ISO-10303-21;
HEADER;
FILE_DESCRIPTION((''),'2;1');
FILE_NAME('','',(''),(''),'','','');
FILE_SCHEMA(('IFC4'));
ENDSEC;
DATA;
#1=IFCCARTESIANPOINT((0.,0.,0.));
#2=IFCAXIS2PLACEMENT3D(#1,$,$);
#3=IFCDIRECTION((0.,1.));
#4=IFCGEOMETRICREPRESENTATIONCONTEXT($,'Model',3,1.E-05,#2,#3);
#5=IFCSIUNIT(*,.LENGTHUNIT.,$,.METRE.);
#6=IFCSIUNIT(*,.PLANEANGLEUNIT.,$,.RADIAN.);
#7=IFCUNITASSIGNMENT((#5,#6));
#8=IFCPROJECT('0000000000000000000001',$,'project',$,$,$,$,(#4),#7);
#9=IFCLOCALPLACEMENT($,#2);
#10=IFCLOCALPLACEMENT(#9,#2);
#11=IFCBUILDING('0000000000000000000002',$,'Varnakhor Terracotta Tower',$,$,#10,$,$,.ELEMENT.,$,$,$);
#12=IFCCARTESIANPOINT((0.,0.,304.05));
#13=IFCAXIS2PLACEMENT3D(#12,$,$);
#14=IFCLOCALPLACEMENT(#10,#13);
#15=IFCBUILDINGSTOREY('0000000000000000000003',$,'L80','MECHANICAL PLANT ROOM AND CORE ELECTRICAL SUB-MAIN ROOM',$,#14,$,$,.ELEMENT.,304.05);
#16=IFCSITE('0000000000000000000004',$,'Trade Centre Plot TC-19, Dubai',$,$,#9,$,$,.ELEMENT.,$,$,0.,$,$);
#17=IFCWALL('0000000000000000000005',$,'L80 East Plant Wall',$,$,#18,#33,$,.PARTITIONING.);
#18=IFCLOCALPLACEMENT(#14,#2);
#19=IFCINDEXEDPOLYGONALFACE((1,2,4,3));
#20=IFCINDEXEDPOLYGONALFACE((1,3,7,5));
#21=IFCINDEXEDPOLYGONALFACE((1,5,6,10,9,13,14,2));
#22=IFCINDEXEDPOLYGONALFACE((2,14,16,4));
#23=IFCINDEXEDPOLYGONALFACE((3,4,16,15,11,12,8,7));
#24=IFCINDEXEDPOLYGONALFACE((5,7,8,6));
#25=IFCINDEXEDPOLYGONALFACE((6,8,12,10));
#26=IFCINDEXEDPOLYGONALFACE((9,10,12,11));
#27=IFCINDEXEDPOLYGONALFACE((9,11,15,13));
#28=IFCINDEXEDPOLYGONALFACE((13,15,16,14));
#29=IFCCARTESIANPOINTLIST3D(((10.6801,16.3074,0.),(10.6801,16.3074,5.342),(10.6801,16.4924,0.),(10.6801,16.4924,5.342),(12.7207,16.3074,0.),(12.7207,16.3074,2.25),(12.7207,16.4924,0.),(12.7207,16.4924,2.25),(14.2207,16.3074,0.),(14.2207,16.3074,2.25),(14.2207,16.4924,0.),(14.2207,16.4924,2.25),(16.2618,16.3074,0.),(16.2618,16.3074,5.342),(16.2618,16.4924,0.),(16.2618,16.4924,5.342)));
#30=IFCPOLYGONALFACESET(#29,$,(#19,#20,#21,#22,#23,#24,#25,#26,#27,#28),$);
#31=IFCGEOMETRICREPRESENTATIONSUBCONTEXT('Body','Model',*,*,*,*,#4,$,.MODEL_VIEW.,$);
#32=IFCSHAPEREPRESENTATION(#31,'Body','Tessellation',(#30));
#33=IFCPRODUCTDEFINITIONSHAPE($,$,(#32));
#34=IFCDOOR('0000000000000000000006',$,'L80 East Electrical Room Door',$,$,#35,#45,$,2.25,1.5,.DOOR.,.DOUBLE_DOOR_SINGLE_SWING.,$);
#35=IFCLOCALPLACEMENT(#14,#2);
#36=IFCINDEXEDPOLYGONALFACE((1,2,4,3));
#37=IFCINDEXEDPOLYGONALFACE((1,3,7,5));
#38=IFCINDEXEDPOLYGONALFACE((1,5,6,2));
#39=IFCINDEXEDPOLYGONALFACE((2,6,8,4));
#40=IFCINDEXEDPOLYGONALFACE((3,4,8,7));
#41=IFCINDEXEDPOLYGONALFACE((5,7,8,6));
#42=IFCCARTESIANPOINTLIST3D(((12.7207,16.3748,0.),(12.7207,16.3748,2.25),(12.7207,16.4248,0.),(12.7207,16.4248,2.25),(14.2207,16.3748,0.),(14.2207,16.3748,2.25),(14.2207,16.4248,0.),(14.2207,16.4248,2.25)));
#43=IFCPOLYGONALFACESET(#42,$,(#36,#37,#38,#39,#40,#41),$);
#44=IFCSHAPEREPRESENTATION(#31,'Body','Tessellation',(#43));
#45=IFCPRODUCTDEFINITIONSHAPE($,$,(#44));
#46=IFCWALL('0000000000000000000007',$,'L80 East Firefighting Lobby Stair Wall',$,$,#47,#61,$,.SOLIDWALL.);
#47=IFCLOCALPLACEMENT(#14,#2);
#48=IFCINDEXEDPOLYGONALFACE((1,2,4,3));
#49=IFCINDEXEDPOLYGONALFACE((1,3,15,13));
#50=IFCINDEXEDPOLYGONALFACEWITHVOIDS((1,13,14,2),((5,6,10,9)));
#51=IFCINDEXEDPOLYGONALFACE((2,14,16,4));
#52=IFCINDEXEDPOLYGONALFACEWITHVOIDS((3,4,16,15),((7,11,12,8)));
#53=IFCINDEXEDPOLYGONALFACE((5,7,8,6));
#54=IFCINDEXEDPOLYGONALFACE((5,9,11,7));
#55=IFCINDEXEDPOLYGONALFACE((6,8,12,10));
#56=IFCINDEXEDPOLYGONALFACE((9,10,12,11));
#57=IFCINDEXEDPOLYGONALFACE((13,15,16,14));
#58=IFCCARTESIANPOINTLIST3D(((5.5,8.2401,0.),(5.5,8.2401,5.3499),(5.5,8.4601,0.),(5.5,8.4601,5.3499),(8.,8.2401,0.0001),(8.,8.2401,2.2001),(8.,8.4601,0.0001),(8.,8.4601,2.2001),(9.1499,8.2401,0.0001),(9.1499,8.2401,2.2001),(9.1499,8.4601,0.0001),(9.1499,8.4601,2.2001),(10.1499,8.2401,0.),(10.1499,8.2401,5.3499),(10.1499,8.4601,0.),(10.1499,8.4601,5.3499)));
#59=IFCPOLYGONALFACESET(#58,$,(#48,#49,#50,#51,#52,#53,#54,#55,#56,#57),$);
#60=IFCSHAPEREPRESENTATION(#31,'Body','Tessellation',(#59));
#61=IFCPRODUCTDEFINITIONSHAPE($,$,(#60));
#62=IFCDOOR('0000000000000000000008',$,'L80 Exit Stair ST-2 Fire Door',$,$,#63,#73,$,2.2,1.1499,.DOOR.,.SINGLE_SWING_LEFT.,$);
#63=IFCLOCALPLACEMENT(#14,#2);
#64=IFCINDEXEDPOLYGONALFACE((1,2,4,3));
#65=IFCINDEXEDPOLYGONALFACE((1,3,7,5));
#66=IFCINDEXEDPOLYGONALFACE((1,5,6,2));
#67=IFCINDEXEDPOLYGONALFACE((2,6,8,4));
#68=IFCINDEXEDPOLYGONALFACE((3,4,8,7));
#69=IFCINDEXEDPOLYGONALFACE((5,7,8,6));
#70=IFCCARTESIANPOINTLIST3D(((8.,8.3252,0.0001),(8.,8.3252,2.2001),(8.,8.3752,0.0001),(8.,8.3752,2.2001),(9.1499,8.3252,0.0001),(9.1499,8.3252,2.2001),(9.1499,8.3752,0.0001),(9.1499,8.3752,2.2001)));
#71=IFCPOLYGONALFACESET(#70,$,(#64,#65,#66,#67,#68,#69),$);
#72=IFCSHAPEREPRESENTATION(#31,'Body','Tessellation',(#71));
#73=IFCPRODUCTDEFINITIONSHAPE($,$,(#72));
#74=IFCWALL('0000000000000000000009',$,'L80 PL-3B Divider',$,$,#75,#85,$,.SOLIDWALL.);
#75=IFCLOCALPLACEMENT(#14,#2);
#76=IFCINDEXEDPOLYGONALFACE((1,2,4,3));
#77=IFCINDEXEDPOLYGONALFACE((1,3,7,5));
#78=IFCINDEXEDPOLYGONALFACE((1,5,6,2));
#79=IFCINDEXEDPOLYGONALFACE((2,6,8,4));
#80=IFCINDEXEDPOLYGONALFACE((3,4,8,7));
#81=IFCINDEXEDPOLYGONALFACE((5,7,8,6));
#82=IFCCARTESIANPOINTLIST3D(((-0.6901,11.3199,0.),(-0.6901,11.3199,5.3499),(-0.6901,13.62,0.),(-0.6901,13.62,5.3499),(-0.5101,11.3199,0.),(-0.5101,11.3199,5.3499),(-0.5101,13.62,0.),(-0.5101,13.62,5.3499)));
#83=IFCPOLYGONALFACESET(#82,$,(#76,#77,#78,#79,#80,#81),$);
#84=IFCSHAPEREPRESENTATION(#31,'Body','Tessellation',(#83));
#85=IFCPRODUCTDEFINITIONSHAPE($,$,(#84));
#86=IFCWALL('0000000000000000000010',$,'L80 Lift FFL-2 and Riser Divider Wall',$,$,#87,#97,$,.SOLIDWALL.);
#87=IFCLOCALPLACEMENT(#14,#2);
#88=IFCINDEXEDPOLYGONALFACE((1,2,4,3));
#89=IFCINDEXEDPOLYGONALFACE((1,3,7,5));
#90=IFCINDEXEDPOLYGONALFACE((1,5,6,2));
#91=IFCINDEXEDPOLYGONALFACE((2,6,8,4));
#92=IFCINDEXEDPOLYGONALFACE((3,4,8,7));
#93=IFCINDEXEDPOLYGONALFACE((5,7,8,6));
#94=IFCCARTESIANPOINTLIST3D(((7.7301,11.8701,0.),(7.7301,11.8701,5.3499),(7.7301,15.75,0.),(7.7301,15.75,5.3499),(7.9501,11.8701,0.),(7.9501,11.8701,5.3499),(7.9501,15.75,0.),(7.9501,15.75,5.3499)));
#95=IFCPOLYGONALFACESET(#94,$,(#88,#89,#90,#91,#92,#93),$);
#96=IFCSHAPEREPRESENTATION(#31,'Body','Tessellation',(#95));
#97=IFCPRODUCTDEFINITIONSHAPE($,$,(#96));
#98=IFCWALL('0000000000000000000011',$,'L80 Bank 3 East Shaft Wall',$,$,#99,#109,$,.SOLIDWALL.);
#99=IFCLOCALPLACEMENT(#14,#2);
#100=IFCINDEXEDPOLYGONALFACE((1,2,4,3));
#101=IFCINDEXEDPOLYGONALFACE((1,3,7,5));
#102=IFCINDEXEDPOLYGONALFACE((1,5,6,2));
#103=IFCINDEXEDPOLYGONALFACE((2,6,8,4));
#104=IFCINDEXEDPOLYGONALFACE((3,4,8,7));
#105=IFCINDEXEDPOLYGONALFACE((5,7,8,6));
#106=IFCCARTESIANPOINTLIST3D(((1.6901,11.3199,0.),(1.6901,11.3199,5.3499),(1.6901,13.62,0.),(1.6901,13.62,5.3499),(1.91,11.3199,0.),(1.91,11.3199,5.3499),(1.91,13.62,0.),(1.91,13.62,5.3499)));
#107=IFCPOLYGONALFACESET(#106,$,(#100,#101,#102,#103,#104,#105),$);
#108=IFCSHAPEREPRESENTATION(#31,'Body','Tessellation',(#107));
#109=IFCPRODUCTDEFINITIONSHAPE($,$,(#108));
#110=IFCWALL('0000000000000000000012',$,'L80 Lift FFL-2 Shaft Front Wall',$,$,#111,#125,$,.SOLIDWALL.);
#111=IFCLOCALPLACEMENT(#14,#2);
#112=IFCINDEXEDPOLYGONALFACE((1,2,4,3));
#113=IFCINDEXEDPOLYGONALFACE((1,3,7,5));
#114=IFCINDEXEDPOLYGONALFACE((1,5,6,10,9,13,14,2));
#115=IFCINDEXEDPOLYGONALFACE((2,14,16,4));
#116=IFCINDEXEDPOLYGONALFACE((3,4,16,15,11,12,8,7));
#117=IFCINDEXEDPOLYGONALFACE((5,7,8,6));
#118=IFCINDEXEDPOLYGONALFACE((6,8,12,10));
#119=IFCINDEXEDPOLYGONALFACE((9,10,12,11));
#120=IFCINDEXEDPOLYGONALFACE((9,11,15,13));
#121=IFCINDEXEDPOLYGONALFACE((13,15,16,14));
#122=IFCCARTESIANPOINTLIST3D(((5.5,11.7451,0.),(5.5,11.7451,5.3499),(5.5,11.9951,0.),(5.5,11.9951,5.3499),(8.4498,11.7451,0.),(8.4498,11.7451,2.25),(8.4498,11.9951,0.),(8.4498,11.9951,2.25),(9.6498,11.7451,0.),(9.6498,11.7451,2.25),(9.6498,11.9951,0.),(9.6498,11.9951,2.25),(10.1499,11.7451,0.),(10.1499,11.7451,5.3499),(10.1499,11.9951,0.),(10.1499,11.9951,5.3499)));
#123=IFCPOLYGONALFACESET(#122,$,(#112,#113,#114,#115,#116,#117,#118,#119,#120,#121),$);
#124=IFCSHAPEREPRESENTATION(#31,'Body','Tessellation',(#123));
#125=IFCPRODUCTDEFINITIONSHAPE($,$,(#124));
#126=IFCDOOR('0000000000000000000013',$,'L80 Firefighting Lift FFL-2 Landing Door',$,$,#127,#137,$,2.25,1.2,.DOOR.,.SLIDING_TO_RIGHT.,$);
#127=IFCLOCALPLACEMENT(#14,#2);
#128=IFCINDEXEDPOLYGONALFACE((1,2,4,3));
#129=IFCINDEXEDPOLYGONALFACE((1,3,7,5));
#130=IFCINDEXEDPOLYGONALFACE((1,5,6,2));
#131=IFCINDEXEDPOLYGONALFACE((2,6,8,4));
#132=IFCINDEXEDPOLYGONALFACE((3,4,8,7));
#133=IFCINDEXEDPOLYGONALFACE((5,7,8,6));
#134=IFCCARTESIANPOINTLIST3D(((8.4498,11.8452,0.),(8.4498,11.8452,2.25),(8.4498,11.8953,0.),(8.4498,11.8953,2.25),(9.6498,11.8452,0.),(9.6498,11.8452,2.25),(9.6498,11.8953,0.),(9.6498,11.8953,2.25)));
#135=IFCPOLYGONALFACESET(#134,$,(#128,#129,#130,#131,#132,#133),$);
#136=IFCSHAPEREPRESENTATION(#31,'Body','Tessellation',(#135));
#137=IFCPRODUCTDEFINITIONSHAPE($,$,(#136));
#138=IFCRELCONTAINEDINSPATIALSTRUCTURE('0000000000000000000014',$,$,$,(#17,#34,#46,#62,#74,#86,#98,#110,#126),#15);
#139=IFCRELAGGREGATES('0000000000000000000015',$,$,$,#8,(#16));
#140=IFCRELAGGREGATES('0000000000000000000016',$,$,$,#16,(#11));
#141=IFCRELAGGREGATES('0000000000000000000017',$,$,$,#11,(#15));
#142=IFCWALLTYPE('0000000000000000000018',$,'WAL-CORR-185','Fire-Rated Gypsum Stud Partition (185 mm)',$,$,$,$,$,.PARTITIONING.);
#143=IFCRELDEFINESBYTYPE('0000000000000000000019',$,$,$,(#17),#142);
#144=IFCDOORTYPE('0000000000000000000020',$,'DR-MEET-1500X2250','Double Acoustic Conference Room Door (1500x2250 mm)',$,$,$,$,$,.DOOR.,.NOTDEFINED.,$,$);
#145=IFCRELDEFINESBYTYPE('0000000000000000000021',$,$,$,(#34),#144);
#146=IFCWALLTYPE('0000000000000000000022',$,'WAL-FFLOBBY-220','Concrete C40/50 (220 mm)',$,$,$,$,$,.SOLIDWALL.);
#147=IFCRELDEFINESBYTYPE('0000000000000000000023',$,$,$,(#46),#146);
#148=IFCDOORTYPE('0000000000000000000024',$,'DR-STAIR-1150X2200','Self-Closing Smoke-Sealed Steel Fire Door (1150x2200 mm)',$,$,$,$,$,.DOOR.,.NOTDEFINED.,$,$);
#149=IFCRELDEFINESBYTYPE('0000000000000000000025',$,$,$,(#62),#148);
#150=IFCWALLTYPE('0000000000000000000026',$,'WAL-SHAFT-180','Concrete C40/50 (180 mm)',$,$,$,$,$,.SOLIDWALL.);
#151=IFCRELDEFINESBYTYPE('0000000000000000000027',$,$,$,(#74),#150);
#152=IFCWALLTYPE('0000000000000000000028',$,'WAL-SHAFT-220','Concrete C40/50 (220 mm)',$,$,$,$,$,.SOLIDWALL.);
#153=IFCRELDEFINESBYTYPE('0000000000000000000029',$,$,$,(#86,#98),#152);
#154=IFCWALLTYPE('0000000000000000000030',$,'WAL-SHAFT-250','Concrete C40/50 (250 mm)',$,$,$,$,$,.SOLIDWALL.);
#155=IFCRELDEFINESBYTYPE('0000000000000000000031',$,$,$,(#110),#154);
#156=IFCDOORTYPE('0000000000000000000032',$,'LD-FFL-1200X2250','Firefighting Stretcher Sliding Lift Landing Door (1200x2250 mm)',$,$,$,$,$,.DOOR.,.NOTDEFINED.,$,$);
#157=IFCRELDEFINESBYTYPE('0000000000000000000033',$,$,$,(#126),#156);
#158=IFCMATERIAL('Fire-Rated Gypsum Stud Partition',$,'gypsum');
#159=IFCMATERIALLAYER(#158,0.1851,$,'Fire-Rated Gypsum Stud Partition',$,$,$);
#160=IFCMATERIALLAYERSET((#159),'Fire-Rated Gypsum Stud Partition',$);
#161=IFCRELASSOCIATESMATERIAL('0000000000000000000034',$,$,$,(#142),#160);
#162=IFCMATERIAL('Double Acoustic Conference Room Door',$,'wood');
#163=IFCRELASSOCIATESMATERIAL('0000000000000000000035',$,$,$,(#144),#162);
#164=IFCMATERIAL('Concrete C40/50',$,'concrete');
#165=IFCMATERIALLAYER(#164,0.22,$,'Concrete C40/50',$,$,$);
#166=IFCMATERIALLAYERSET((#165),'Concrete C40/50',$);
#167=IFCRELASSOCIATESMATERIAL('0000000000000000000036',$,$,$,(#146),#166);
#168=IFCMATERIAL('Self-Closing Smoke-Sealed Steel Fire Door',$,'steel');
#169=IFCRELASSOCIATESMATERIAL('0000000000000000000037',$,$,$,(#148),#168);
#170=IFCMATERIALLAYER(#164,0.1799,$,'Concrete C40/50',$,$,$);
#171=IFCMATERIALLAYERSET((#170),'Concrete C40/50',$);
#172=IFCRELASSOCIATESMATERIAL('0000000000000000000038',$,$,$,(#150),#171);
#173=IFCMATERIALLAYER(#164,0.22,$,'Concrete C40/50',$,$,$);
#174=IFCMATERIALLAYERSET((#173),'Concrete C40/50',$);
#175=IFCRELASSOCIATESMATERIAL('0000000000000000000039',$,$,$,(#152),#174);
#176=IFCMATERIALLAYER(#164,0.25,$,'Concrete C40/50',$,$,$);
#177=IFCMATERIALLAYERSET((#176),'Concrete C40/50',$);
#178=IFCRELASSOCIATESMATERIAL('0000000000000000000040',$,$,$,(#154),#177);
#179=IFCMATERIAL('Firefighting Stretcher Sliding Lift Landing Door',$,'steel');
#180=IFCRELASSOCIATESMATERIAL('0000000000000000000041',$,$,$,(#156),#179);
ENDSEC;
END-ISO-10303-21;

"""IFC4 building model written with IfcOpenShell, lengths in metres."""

from ifc_helpers import new_model, si_unit, direction, frame, frame_2d, origin, place, context, subcontext, project, spatial, rectangle, extrude, source, transform, mapped, material, layer, layer_set, type_object, type_shapes, element, fill, save


model = new_model("IFC4")

# Units and contexts
model_context = context("Model", 3, precision=1e-05, world=origin(), true_north=direction((0.0, 1.0)))
body_context = subcontext(model_context, "Body", "Model", "MODEL_VIEW")
ifc_project = project(units=[si_unit("LENGTHUNIT", "METRE"), si_unit("PLANEANGLEUNIT", "RADIAN")], contexts=[model_context])

# Site, building, storey
site_placement = place(None, origin())
site = spatial("IfcSite", under=ifc_project, at=site_placement, Name="Trade Centre Plot TC-19, Dubai", CompositionType="ELEMENT", RefElevation=0.0)
building_placement = place(site_placement, origin())
building = spatial("IfcBuilding", under=site, at=building_placement, Name="Varnakhor Terracotta Tower", CompositionType="ELEMENT")
storey_placement = place(building_placement, frame((0.0, 0.0, 304.05)))
storey = spatial("IfcBuildingStorey", under=building, at=storey_placement, Name="L80", Description="MECHANICAL PLANT ROOM AND CORE ELECTRICAL SUB-MAIN ROOM", CompositionType="ELEMENT", Elevation=304.05)

# Walls, openings, doors
ifc_material_1 = material(Name="Fire-Rated Gypsum Stud Partition", Category="gypsum")
ifc_layer_1 = layer(ifc_material_1, 0.1851, Name="Fire-Rated Gypsum Stud Partition")
ifc_layer_set_1 = layer_set([ifc_layer_1], Name="Fire-Rated Gypsum Stud Partition")
wall_type_1 = type_object("IfcWallType", Name="WAL-CORR-185", Description="Fire-Rated Gypsum Stud Partition (185 mm)", PredefinedType="PARTITIONING", material=ifc_layer_set_1)
wall_1_placement = place(storey_placement, frame((10.6799, 16.3999, 0.0), z_axis=(0.0, 0.0, 1.0), x_axis=(1.0, 0.0, 0.0)))
wall_1 = element("IfcWall", 1, at=wall_1_placement, inside=storey, type_object=wall_type_1, Name="L80 East Plant Wall", PredefinedType="PARTITIONING", context=body_context, shape_type="SweptSolid", body=[
    extrude(rectangle(XDim=5.5818, YDim=0.1851, at=frame_2d((2.791, 0.0))), origin(), (0.0, 0.0, 1.0), 5.342),
])
opening_1_placement = place(wall_1_placement, frame((2.0408, 0.0, 0.0)))
opening_1 = element("IfcOpeningElement", 2, at=opening_1_placement, cuts=wall_1, PredefinedType="OPENING", context=body_context, shape_type="SweptSolid", body=[
    extrude(rectangle(XDim=1.5, YDim=2.25, at=frame_2d((0.75, 1.125))), frame((0.0, 0.1025, 0.0), z_axis=(0.0, -1.0, 0.0), x_axis=(1.0, 0.0, 0.0)), (0.0, 0.0, 1.0), 0.2051),
])
ifc_material_2 = material(Name="Double Acoustic Conference Room Door", Category="wood")
door_type_1 = type_object("IfcDoorType", Name="DR-MEET-1500X2250", Description="Double Acoustic Conference Room Door (1500x2250 mm)", OperationType="NOTDEFINED", PredefinedType="DOOR", material=ifc_material_2)
shared_shape_1 = source(origin(), body_context, "Body", "SweptSolid", [
    extrude(rectangle(XDim=1.5, YDim=2.25, at=frame_2d((0.75, 1.125))), frame((0.0, 0.0249, 0.0), z_axis=(0.0, -1.0, 0.0), x_axis=(1.0, 0.0, 0.0)), (0.0, 0.0, 1.0), 0.05),
])
type_shapes(door_type_1, [shared_shape_1])
door_1_placement = place(opening_1_placement, origin())
door_1 = element("IfcDoor", 3, at=door_1_placement, inside=storey, type_object=door_type_1, Name="L80 East Electrical Room Door", OperationType="DOUBLE_DOOR_SINGLE_SWING", OverallHeight=2.25, OverallWidth=1.5, PredefinedType="DOOR", context=body_context, shape_type="MappedRepresentation", body=[
    mapped(shared_shape_1, transform((0.0, 0.0, 0.0), scale=1.0)),
])
fill(opening_1, door_1)
ifc_material_3 = material(Name="Concrete C40/50", Category="concrete")
ifc_layer_2 = layer(ifc_material_3, 0.22, Name="Concrete C40/50")
ifc_layer_set_2 = layer_set([ifc_layer_2], Name="Concrete C40/50")
wall_type_2 = type_object("IfcWallType", Name="WAL-FFLOBBY-220", Description="Concrete C40/50 (220 mm)", PredefinedType="SOLIDWALL", material=ifc_layer_set_2)
wall_2_placement = place(storey_placement, frame((10.1499, 8.3501, 0.0), z_axis=(0.0, 0.0, 1.0), x_axis=(-1.0, 0.0, 0.0)))
wall_2 = element("IfcWall", 4, at=wall_2_placement, inside=storey, type_object=wall_type_2, Name="L80 East Firefighting Lobby Stair Wall", PredefinedType="SOLIDWALL", context=body_context, shape_type="SweptSolid", body=[
    extrude(rectangle(XDim=4.6499, YDim=0.22, at=frame_2d((2.325, 0.0))), origin(), (0.0, 0.0, 1.0), 5.3499),
])
opening_2_placement = place(wall_2_placement, frame((1.0, 0.0, 0.0)))
opening_2 = element("IfcOpeningElement", 5, at=opening_2_placement, cuts=wall_2, PredefinedType="OPENING", context=body_context, shape_type="SweptSolid", body=[
    extrude(rectangle(XDim=1.1499, YDim=2.2, at=frame_2d((0.575, 1.1001))), frame((0.0, 0.1201, 0.0), z_axis=(0.0, -1.0, 0.0), x_axis=(1.0, 0.0, 0.0)), (0.0, 0.0, 1.0), 0.24),
])
ifc_material_4 = material(Name="Self-Closing Smoke-Sealed Steel Fire Door", Category="steel")
door_type_2 = type_object("IfcDoorType", Name="DR-STAIR-1150X2200", Description="Self-Closing Smoke-Sealed Steel Fire Door (1150x2200 mm)", OperationType="NOTDEFINED", PredefinedType="DOOR", material=ifc_material_4)
shared_shape_2 = source(origin(), body_context, "Body", "SweptSolid", [
    extrude(rectangle(XDim=1.1499, YDim=2.2, at=frame_2d((0.575, 1.1001))), frame((0.0, 0.0249, 0.0), z_axis=(0.0, -1.0, 0.0), x_axis=(1.0, 0.0, 0.0)), (0.0, 0.0, 1.0), 0.05),
])
type_shapes(door_type_2, [shared_shape_2])
door_2_placement = place(opening_2_placement, origin())
door_2 = element("IfcDoor", 6, at=door_2_placement, inside=storey, type_object=door_type_2, Name="L80 Exit Stair ST-2 Fire Door", OperationType="SINGLE_SWING_LEFT", OverallHeight=2.2, OverallWidth=1.1499, PredefinedType="DOOR", context=body_context, shape_type="MappedRepresentation", body=[
    mapped(shared_shape_2, transform((0.0, 0.0, 0.0), scale=1.0)),
])
fill(opening_2, door_2)

# Walls
ifc_layer_3 = layer(ifc_material_3, 0.1799, Name="Concrete C40/50")
ifc_layer_set_3 = layer_set([ifc_layer_3], Name="Concrete C40/50")
wall_type_3 = type_object("IfcWallType", Name="WAL-SHAFT-180", Description="Concrete C40/50 (180 mm)", PredefinedType="SOLIDWALL", material=ifc_layer_set_3)
wall_3_placement = place(storey_placement, frame((-0.6001, 11.3201, 0.0), z_axis=(0.0, 0.0, 1.0), x_axis=(0.0, 1.0, 0.0)))
element("IfcWall", 7, at=wall_3_placement, inside=storey, type_object=wall_type_3, Name="L80 PL-3B Divider", PredefinedType="SOLIDWALL", context=body_context, shape_type="SweptSolid", body=[
    extrude(rectangle(XDim=2.3, YDim=0.1799, at=frame_2d((1.1499, 0.0))), origin(), (0.0, 0.0, 1.0), 5.3499),
])
ifc_layer_4 = layer(ifc_material_3, 0.22, Name="Concrete C40/50")
ifc_layer_set_4 = layer_set([ifc_layer_4], Name="Concrete C40/50")
wall_type_4 = type_object("IfcWallType", Name="WAL-SHAFT-220", Description="Concrete C40/50 (220 mm)", PredefinedType="SOLIDWALL", material=ifc_layer_set_4)
wall_4_placement = place(storey_placement, frame((7.8401, 11.8701, 0.0), z_axis=(0.0, 0.0, 1.0), x_axis=(0.0, 1.0, 0.0)))
element("IfcWall", 8, at=wall_4_placement, inside=storey, type_object=wall_type_4, Name="L80 Lift FFL-2 and Riser Divider Wall", PredefinedType="SOLIDWALL", context=body_context, shape_type="SweptSolid", body=[
    extrude(rectangle(XDim=3.8799, YDim=0.22, at=frame_2d((1.9399, 0.0))), origin(), (0.0, 0.0, 1.0), 5.3499),
])
wall_5_placement = place(storey_placement, frame((1.8, 11.3201, 0.0), z_axis=(0.0, 0.0, 1.0), x_axis=(0.0, 1.0, 0.0)))
element("IfcWall", 9, at=wall_5_placement, inside=storey, type_object=wall_type_4, Name="L80 Bank 3 East Shaft Wall", PredefinedType="SOLIDWALL", context=body_context, shape_type="SweptSolid", body=[
    extrude(rectangle(XDim=2.3, YDim=0.22, at=frame_2d((1.1499, 0.0))), origin(), (0.0, 0.0, 1.0), 5.3499),
])

# Wall, opening, door
ifc_layer_5 = layer(ifc_material_3, 0.25, Name="Concrete C40/50")
ifc_layer_set_5 = layer_set([ifc_layer_5], Name="Concrete C40/50")
wall_type_5 = type_object("IfcWallType", Name="WAL-SHAFT-250", Description="Concrete C40/50 (250 mm)", PredefinedType="SOLIDWALL", material=ifc_layer_set_5)
wall_6_placement = place(storey_placement, frame((10.1499, 11.8701, 0.0), z_axis=(0.0, 0.0, 1.0), x_axis=(-1.0, 0.0, 0.0)))
wall_6 = element("IfcWall", 10, at=wall_6_placement, inside=storey, type_object=wall_type_5, Name="L80 Lift FFL-2 Shaft Front Wall", PredefinedType="SOLIDWALL", context=body_context, shape_type="SweptSolid", body=[
    extrude(rectangle(XDim=4.6499, YDim=0.25, at=frame_2d((2.325, 0.0))), origin(), (0.0, 0.0, 1.0), 5.3499),
])
opening_3_placement = place(wall_6_placement, frame((0.5, 0.0, 0.0)))
opening_3 = element("IfcOpeningElement", 11, at=opening_3_placement, cuts=wall_6, PredefinedType="OPENING", context=body_context, shape_type="SweptSolid", body=[
    extrude(rectangle(XDim=1.2, YDim=2.25, at=frame_2d((0.6001, 1.125))), frame((0.0, 0.135, 0.0), z_axis=(0.0, -1.0, 0.0), x_axis=(1.0, 0.0, 0.0)), (0.0, 0.0, 1.0), 0.27),
])
ifc_material_5 = material(Name="Firefighting Stretcher Sliding Lift Landing Door", Category="steel")
door_type_3 = type_object("IfcDoorType", Name="LD-FFL-1200X2250", Description="Firefighting Stretcher Sliding Lift Landing Door (1200x2250 mm)", OperationType="NOTDEFINED", PredefinedType="DOOR", material=ifc_material_5)
shared_shape_3 = source(origin(), body_context, "Body", "SweptSolid", [
    extrude(rectangle(XDim=1.2, YDim=2.25, at=frame_2d((0.6001, 1.125))), frame((0.0, 0.0249, 0.0), z_axis=(0.0, -1.0, 0.0), x_axis=(1.0, 0.0, 0.0)), (0.0, 0.0, 1.0), 0.05),
])
type_shapes(door_type_3, [shared_shape_3])
door_3_placement = place(opening_3_placement, origin())
door_3 = element("IfcDoor", 12, at=door_3_placement, inside=storey, type_object=door_type_3, Name="L80 Firefighting Lift FFL-2 Landing Door", OperationType="SLIDING_TO_RIGHT", OverallHeight=2.25, OverallWidth=1.2, PredefinedType="DOOR", context=body_context, shape_type="MappedRepresentation", body=[
    mapped(shared_shape_3, transform((0.0, 0.0, 0.0), scale=1.0)),
])
fill(opening_3, door_3)

save(model, "model.ifc")
